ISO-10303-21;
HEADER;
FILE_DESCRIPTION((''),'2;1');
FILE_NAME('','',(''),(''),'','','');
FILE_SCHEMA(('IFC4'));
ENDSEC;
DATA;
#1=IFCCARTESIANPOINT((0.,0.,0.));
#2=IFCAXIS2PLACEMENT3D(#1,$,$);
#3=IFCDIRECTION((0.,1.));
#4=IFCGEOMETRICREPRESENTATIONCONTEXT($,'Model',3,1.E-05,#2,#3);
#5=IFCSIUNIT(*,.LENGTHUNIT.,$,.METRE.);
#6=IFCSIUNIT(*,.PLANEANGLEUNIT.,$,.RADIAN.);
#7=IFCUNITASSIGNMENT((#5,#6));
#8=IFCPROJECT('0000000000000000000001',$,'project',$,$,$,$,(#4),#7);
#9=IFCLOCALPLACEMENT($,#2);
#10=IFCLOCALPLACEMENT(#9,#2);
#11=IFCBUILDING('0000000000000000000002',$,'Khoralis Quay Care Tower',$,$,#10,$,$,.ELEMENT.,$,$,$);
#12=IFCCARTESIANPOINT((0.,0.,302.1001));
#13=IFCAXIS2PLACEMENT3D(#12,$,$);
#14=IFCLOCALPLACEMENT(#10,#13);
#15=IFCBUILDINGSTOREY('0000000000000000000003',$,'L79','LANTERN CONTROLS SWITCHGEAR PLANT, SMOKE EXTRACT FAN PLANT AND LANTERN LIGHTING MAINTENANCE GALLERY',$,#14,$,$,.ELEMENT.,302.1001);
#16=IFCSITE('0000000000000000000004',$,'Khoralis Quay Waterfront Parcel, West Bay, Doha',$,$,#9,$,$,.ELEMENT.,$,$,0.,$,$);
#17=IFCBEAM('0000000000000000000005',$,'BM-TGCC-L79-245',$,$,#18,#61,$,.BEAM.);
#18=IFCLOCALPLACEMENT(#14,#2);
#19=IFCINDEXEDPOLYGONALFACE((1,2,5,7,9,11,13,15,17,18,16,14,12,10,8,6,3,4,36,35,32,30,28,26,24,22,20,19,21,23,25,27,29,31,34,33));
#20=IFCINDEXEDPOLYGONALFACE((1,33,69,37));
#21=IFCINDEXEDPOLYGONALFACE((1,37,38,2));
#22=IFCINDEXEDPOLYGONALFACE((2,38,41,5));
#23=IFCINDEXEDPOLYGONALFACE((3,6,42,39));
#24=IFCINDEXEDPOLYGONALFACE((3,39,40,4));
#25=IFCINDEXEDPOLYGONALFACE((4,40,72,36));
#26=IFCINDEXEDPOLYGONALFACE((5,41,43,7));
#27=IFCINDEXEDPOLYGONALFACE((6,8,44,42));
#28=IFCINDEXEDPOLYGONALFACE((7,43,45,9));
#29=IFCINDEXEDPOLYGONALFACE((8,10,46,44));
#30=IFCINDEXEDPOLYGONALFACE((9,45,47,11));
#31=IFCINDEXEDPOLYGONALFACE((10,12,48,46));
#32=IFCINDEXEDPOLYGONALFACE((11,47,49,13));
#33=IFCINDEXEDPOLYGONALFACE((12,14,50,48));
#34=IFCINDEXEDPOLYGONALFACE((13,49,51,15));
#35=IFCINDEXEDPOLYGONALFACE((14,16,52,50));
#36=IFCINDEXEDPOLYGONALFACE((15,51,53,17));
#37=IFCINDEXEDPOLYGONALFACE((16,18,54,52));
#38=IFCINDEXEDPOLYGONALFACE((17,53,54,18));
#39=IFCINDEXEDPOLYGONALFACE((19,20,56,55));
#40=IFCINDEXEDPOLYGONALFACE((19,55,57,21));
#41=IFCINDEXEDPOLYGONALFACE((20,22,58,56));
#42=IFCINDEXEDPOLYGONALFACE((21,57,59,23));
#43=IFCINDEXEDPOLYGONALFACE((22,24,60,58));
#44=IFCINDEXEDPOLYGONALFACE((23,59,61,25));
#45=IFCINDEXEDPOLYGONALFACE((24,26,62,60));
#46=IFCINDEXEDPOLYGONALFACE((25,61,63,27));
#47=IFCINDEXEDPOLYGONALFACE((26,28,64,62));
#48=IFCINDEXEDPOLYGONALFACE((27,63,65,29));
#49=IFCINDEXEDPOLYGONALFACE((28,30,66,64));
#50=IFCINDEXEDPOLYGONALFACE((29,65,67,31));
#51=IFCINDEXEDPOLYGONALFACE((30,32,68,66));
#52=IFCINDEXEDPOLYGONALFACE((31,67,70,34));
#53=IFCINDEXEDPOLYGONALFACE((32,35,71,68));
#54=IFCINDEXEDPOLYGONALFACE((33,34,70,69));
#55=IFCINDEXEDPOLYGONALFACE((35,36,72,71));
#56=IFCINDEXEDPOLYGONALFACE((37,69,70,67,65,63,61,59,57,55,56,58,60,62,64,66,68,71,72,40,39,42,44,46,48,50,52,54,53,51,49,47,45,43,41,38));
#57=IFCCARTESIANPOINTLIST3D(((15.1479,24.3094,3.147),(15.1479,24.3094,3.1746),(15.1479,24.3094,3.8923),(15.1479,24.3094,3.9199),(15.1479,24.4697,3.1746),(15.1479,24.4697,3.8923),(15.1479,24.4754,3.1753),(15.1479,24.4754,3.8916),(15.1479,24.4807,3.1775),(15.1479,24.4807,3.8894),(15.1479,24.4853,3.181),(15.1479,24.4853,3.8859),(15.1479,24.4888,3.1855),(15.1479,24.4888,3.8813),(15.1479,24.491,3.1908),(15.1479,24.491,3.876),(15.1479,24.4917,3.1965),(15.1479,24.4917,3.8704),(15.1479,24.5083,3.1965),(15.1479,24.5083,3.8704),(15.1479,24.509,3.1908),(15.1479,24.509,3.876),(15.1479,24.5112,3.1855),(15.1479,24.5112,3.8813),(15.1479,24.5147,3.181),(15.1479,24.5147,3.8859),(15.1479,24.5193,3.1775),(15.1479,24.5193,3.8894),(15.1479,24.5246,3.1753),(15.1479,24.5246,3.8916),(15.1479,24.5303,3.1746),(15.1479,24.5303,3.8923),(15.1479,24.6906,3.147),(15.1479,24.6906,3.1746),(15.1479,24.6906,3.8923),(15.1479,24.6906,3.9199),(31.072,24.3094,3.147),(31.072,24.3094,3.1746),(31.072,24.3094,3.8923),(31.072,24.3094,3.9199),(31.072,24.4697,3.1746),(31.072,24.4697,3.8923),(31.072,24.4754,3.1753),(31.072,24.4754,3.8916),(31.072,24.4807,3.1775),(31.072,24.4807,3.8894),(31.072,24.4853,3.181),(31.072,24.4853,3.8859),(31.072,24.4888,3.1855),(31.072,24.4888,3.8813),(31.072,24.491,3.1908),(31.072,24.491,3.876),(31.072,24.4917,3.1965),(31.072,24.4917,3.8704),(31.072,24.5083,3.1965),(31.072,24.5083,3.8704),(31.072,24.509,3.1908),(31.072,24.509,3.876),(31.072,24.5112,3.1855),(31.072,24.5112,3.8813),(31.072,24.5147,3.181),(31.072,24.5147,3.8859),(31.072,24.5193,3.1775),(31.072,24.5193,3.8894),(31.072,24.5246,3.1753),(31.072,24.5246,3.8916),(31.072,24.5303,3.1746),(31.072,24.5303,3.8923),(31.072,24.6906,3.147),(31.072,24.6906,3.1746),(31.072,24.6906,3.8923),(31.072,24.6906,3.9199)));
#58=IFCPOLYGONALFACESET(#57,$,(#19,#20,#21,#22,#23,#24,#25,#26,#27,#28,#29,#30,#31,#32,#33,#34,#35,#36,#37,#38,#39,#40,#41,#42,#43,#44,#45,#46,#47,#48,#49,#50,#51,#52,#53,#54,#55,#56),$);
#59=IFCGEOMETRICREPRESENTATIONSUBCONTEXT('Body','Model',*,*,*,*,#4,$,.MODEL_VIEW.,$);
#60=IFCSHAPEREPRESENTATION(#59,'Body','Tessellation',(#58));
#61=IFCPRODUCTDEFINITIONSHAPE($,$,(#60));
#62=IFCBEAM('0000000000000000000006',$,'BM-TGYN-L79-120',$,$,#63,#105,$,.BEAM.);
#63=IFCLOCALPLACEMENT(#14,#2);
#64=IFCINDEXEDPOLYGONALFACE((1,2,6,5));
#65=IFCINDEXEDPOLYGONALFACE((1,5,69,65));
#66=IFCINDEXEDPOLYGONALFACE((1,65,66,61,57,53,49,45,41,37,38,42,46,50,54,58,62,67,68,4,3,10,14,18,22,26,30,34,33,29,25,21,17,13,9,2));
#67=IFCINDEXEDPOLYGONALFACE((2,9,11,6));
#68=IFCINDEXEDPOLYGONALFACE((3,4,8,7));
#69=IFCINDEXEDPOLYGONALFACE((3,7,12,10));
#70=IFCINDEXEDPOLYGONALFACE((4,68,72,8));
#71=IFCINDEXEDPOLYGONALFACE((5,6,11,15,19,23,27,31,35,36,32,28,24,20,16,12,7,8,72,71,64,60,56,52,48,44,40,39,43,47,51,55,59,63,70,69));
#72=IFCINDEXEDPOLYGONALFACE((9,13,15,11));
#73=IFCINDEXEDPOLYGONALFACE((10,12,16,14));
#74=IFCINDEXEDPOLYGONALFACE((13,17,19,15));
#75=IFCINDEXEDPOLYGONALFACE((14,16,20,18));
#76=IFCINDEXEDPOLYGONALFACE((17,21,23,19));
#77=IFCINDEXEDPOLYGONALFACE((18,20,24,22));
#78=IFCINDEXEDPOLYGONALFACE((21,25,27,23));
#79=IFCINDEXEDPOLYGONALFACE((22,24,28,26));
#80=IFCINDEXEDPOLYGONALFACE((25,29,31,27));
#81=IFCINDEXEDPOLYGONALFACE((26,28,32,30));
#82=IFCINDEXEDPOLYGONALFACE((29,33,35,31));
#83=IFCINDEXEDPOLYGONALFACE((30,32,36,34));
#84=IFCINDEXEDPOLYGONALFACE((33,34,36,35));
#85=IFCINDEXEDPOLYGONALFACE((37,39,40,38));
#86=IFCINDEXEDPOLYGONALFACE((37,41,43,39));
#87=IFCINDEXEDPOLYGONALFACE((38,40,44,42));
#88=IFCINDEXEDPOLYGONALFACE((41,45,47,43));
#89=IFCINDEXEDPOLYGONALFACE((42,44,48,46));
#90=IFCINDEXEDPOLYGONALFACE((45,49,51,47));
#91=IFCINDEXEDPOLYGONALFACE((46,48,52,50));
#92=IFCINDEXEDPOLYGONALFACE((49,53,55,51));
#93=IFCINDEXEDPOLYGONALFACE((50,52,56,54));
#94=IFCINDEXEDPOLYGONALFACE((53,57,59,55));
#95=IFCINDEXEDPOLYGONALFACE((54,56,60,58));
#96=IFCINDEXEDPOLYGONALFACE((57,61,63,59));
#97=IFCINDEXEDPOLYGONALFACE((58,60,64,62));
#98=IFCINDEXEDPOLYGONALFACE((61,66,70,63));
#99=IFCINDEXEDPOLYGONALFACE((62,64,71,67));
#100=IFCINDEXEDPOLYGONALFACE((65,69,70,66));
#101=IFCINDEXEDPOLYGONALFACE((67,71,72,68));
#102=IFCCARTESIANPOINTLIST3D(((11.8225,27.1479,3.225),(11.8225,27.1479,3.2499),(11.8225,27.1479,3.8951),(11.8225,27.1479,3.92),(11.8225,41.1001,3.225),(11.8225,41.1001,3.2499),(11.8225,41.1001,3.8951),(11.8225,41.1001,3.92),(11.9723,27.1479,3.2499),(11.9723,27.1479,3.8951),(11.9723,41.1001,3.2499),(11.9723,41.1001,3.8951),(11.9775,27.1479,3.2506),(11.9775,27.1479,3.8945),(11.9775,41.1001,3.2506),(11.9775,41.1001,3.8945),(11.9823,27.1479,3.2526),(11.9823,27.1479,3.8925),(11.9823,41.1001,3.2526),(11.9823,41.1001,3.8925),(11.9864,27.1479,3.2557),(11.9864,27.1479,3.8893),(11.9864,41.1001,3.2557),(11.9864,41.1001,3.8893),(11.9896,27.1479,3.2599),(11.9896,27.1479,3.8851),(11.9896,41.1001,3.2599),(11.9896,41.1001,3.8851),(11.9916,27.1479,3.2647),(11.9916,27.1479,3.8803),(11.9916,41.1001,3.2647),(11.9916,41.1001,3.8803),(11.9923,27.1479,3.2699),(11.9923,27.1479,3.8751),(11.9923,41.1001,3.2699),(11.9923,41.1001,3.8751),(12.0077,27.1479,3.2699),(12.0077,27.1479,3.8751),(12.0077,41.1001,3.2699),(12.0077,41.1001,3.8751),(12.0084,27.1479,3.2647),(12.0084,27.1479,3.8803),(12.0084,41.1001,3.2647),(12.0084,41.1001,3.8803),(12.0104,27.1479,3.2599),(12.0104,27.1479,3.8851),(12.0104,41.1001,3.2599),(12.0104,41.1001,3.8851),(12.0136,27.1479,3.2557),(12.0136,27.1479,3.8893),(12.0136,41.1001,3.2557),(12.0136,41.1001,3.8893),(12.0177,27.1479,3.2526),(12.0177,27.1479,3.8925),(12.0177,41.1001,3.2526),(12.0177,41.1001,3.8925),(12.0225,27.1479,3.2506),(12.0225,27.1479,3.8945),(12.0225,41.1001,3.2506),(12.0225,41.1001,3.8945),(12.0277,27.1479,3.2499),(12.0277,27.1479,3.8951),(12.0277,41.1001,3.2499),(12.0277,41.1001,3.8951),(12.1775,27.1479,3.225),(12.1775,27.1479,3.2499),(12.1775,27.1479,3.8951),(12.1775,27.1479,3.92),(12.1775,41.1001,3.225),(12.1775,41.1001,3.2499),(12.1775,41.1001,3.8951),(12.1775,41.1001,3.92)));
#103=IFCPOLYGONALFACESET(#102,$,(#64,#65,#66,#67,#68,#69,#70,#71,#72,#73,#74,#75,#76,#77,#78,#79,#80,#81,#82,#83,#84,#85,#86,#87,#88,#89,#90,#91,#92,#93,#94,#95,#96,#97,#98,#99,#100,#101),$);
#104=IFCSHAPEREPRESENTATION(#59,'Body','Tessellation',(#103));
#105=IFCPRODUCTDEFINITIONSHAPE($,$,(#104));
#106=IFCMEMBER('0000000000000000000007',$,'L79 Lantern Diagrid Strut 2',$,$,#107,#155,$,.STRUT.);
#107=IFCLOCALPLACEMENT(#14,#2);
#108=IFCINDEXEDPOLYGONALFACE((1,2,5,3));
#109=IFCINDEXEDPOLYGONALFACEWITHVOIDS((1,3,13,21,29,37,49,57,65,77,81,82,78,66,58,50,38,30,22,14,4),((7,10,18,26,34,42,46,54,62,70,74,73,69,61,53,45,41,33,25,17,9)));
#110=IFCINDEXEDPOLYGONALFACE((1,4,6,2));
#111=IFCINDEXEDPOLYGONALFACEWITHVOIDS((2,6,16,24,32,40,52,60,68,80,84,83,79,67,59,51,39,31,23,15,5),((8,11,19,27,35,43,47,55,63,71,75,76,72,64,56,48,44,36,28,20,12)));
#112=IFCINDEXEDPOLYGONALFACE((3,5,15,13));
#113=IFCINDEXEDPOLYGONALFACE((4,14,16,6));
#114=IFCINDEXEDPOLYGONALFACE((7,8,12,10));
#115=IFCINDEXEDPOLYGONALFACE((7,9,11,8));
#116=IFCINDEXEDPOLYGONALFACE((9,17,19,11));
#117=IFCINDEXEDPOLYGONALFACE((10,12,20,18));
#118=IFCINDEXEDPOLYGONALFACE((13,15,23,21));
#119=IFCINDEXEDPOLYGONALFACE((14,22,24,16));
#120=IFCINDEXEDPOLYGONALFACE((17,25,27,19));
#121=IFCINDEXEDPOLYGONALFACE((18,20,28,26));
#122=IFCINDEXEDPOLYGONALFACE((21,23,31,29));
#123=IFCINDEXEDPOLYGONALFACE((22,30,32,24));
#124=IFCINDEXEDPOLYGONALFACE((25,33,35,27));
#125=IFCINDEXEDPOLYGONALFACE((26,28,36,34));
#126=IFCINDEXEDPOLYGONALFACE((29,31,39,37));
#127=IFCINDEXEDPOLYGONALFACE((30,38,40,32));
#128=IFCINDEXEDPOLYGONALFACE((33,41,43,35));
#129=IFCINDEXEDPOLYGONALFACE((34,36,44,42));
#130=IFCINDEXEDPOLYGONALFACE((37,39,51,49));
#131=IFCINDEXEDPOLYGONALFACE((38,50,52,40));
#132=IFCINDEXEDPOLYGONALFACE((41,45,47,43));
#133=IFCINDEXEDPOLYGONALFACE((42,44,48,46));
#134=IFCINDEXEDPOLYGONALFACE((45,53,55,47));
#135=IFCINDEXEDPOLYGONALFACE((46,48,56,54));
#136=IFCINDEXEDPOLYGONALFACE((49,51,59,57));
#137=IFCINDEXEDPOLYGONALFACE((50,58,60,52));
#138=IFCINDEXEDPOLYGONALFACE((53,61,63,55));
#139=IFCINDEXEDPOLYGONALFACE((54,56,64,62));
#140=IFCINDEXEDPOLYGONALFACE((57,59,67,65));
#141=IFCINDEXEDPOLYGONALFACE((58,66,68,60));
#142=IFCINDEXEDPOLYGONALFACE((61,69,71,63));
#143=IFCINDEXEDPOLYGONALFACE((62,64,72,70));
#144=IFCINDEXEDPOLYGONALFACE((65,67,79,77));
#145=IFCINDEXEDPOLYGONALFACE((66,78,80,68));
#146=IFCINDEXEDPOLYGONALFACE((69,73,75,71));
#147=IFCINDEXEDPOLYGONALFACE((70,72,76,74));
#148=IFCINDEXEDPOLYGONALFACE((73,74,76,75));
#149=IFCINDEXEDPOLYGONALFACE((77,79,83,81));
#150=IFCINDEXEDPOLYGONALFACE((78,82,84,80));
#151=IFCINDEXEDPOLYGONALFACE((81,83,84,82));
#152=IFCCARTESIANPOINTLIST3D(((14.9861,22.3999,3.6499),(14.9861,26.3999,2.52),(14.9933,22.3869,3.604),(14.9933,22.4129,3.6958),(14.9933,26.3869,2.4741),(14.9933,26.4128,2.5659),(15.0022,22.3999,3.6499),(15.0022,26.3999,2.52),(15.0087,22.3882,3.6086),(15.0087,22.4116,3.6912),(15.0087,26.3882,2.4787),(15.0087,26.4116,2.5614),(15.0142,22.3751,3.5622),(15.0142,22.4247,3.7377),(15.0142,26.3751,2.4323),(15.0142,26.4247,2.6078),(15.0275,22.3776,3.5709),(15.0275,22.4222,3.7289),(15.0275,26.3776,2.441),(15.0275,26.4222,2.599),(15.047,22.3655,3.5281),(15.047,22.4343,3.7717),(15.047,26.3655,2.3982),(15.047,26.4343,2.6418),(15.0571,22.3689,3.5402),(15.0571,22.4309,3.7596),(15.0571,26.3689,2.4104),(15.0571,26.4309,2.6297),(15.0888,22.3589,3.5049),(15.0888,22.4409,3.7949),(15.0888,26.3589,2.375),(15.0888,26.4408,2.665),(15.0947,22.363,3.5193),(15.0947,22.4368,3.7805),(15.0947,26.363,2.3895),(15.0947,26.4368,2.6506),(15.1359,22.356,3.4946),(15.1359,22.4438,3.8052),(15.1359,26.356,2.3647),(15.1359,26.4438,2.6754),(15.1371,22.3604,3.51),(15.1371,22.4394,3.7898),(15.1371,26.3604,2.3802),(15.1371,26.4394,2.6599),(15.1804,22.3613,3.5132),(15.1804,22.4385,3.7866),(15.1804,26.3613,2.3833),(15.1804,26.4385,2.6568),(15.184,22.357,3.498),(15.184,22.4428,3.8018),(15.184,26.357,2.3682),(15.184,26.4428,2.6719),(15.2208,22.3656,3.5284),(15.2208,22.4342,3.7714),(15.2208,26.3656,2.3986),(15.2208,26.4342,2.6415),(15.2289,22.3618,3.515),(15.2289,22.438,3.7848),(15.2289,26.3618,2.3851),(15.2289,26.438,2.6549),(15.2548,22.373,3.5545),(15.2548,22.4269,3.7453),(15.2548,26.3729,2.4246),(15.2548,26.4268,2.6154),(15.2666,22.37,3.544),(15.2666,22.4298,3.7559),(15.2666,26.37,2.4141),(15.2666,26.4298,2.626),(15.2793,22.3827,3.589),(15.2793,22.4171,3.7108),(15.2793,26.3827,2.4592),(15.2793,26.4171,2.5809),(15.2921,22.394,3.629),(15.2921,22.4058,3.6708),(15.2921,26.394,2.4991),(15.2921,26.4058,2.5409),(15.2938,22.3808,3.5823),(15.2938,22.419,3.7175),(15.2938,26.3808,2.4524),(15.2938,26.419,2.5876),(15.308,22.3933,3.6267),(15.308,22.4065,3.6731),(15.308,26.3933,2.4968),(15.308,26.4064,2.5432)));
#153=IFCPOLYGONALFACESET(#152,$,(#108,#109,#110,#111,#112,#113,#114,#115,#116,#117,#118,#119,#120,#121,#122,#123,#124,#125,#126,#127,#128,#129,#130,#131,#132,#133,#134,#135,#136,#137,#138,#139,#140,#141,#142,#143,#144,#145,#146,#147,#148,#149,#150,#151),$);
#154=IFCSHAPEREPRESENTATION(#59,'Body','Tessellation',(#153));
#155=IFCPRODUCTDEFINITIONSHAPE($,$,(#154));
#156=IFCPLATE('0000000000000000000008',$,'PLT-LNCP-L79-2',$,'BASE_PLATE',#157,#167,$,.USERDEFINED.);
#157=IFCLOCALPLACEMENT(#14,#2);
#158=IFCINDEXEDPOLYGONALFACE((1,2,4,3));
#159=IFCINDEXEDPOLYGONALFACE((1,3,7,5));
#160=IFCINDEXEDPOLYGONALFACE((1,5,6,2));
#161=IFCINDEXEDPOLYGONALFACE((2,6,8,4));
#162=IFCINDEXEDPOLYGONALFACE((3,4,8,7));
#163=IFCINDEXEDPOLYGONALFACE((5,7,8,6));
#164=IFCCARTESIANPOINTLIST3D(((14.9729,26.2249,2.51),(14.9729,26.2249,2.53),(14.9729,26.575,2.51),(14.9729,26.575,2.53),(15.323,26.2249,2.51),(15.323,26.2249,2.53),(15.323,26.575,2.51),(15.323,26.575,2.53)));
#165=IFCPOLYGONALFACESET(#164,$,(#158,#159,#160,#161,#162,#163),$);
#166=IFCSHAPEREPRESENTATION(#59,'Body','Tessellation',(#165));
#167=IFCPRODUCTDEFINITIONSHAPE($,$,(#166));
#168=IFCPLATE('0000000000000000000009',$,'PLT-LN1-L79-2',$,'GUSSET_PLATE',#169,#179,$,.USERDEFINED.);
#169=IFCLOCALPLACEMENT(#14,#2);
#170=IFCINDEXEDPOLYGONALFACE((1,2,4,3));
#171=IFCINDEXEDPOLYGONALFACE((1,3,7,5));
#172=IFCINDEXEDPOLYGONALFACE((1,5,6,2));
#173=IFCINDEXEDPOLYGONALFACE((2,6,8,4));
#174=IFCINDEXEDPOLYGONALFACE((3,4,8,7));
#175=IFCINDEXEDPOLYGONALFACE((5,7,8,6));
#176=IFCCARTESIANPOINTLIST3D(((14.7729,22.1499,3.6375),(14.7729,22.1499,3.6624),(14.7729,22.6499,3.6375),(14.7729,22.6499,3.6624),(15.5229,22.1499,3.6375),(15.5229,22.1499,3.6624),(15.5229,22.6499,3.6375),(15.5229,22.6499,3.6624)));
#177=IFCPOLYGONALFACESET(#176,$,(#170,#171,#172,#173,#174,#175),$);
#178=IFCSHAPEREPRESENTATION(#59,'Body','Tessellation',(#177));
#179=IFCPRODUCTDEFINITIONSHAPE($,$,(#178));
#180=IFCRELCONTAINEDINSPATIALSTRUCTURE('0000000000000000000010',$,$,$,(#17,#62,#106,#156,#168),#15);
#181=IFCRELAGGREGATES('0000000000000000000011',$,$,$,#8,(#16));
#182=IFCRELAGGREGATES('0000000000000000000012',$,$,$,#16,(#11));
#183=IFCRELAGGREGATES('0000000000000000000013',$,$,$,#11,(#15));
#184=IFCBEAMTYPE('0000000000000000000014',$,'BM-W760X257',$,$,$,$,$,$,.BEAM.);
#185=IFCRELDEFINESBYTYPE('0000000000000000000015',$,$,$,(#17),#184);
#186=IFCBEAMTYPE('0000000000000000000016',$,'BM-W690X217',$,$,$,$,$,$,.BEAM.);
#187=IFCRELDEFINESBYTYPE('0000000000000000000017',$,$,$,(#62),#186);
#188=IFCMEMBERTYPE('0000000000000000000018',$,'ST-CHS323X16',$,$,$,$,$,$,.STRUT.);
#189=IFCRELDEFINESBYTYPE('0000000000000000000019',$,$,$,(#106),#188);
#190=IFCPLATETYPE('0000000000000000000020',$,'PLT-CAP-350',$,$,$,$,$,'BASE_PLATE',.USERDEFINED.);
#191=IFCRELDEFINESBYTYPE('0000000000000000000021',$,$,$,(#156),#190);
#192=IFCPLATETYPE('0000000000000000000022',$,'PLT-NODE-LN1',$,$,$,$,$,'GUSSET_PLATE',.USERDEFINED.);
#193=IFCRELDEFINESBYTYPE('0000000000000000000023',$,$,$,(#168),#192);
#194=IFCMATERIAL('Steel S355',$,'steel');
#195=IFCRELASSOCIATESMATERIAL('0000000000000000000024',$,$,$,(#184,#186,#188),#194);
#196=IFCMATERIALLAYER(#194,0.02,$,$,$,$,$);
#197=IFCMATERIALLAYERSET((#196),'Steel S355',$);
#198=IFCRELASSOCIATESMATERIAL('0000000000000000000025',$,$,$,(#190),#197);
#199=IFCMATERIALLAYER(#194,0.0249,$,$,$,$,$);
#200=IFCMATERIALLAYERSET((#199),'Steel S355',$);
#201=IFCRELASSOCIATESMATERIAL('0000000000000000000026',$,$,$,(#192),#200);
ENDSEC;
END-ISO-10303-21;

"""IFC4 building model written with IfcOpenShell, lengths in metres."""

from ifc_helpers import new_model, si_unit, direction, frame, origin, origin_2d, place, context, subcontext, project, spatial, rectangle, hollow_circle, i_section, extrude, source, transform, mapped, material, layer, layer_set, material_profile, profile_set, type_object, element, save


model = new_model("IFC4")

# Units and contexts
model_context = context("Model", 3, precision=1e-05, world=origin(), true_north=direction((0.0, 1.0)))
body_context = subcontext(model_context, "Body", "Model", "MODEL_VIEW")
ifc_project = project(units=[si_unit("LENGTHUNIT", "METRE"), si_unit("PLANEANGLEUNIT", "RADIAN")], contexts=[model_context])

# Site, building, storey
site_placement = place(None, origin())
site = spatial("IfcSite", under=ifc_project, at=site_placement, Name="Khoralis Quay Waterfront Parcel, West Bay, Doha", CompositionType="ELEMENT", RefElevation=0.0)
building_placement = place(site_placement, origin())
building = spatial("IfcBuilding", under=site, at=building_placement, Name="Khoralis Quay Care Tower", CompositionType="ELEMENT")
storey_placement = place(building_placement, frame((0.0, 0.0, 302.1001)))
storey = spatial("IfcBuildingStorey", under=building, at=storey_placement, Name="L79", Description="LANTERN CONTROLS SWITCHGEAR PLANT, SMOKE EXTRACT FAN PLANT AND LANTERN LIGHTING MAINTENANCE GALLERY", CompositionType="ELEMENT", Elevation=302.1001)

# Beams
ifc_material_1 = material(Name="Steel S355", Category="steel")
ifc_material_profile_1 = material_profile(ifc_material_1, i_section(OverallWidth=0.3811, OverallDepth=0.7729, WebThickness=0.0166, FlangeThickness=0.0276, FilletRadius=0.022, at=origin_2d()), Name="Steel S355")
ifc_profile_set_1 = profile_set([ifc_material_profile_1], Name="Steel S355")
beam_type_1 = type_object("IfcBeamType", Name="BM-W760X257", PredefinedType="BEAM", material=ifc_profile_set_1)
ifc_material_profile_2 = material_profile(ifc_material_1, i_section(OverallWidth=0.355, OverallDepth=0.6951, WebThickness=0.0154, FlangeThickness=0.0249, FilletRadius=0.02, at=origin_2d()), Name="Steel S355")
ifc_profile_set_2 = profile_set([ifc_material_profile_2], Name="Steel S355")
beam_type_2 = type_object("IfcBeamType", Name="BM-W690X217", PredefinedType="BEAM", material=ifc_profile_set_2)
shared_shape_1 = source(origin(), body_context, "Body", "SweptSolid", [
    extrude(i_section(OverallWidth=0.3811, OverallDepth=0.7729, WebThickness=0.0166, FlangeThickness=0.0276, FilletRadius=0.022, at=origin_2d()), origin(), (0.0, 0.0, 1.0), 15.9241),
])
beam_1_placement = place(storey_placement, frame((15.1479, 24.5, 3.5334), z_axis=(1.0, 0.0, 0.0), x_axis=(0.0, 1.0, 0.0)))
element("IfcBeam", 1, at=beam_1_placement, inside=storey, type_object=beam_type_1, Name="BM-TGCC-L79-245", PredefinedType="BEAM", context=body_context, shape_type="MappedRepresentation", body=[
    mapped(shared_shape_1, transform((0.0, 0.0, 0.0), scale=1.0)),
])
shared_shape_2 = source(origin(), body_context, "Body", "SweptSolid", [
    extrude(i_section(OverallWidth=0.355, OverallDepth=0.6951, WebThickness=0.0154, FlangeThickness=0.0249, FilletRadius=0.02, at=origin_2d()), origin(), (0.0, 0.0, 1.0), 13.9521),
])
beam_2_placement = place(storey_placement, frame((12.0, 27.1479, 3.5725), z_axis=(0.0, 1.0, 0.0), x_axis=(-1.0, 0.0, 0.0)))
element("IfcBeam", 2, at=beam_2_placement, inside=storey, type_object=beam_type_2, Name="BM-TGYN-L79-120", PredefinedType="BEAM", context=body_context, shape_type="MappedRepresentation", body=[
    mapped(shared_shape_2, transform((0.0, 0.0, 0.0), scale=1.0)),
])

# Member
ifc_material_profile_3 = material_profile(ifc_material_1, hollow_circle(Radius=0.1619, WallThickness=0.0161, at=origin_2d()), Name="Steel S355")
ifc_profile_set_3 = profile_set([ifc_material_profile_3], Name="Steel S355")
member_type = type_object("IfcMemberType", Name="ST-CHS323X16", PredefinedType="STRUT", material=ifc_profile_set_3)
shared_shape_3 = source(origin(), body_context, "Body", "SweptSolid", [
    extrude(hollow_circle(Radius=0.1619, WallThickness=0.0161, at=origin_2d()), origin(), (0.0, 0.0, 1.0), 4.1565),
])
member_placement = place(storey_placement, frame((15.1479, 22.3999, 3.6499), z_axis=(0.0, 0.962344, -0.271834), x_axis=(-1.0, 0.0, 0.0)))
element("IfcMember", 3, at=member_placement, inside=storey, type_object=member_type, Name="L79 Lantern Diagrid Strut 2", PredefinedType="STRUT", context=body_context, shape_type="MappedRepresentation", body=[
    mapped(shared_shape_3, transform((0.0, 0.0, 0.0), scale=1.0)),
])

# Plates
ifc_layer_1 = layer(ifc_material_1, 0.02)
ifc_layer_set_1 = layer_set([ifc_layer_1], Name="Steel S355")
plate_type_1 = type_object("IfcPlateType", Name="PLT-CAP-350", ElementType="BASE_PLATE", PredefinedType="USERDEFINED", material=ifc_layer_set_1)
shared_shape_4 = source(origin(), body_context, "Body", "SweptSolid", [
    extrude(rectangle(XDim=0.3501, YDim=0.3501, at=origin_2d()), origin(), (0.0, 0.0, 1.0), 0.02),
])
plate_1_placement = place(storey_placement, frame((15.1479, 26.3999, 2.51), z_axis=(0.0, 0.0, 1.0), x_axis=(1.0, 0.0, 0.0)))
element("IfcPlate", 4, at=plate_1_placement, inside=storey, type_object=plate_type_1, Name="PLT-LNCP-L79-2", ObjectType="BASE_PLATE", PredefinedType="USERDEFINED", context=body_context, shape_type="MappedRepresentation", body=[
    mapped(shared_shape_4, transform((0.0, 0.0, 0.0), scale=1.0)),
])
ifc_layer_2 = layer(ifc_material_1, 0.0249)
ifc_layer_set_2 = layer_set([ifc_layer_2], Name="Steel S355")
plate_type_2 = type_object("IfcPlateType", Name="PLT-NODE-LN1", ElementType="GUSSET_PLATE", PredefinedType="USERDEFINED", material=ifc_layer_set_2)
shared_shape_5 = source(origin(), body_context, "Body", "SweptSolid", [
    extrude(rectangle(XDim=0.75, YDim=0.5, at=origin_2d()), origin(), (0.0, 0.0, 1.0), 0.0249),
])
plate_2_placement = place(storey_placement, frame((15.1479, 22.3999, 3.6375), z_axis=(0.0, 0.0, 1.0), x_axis=(1.0, 0.0, 0.0)))
element("IfcPlate", 5, at=plate_2_placement, inside=storey, type_object=plate_type_2, Name="PLT-LN1-L79-2", ObjectType="GUSSET_PLATE", PredefinedType="USERDEFINED", context=body_context, shape_type="MappedRepresentation", body=[
    mapped(shared_shape_5, transform((0.0, 0.0, 0.0), scale=1.0)),
])

save(model, "model.ifc")
